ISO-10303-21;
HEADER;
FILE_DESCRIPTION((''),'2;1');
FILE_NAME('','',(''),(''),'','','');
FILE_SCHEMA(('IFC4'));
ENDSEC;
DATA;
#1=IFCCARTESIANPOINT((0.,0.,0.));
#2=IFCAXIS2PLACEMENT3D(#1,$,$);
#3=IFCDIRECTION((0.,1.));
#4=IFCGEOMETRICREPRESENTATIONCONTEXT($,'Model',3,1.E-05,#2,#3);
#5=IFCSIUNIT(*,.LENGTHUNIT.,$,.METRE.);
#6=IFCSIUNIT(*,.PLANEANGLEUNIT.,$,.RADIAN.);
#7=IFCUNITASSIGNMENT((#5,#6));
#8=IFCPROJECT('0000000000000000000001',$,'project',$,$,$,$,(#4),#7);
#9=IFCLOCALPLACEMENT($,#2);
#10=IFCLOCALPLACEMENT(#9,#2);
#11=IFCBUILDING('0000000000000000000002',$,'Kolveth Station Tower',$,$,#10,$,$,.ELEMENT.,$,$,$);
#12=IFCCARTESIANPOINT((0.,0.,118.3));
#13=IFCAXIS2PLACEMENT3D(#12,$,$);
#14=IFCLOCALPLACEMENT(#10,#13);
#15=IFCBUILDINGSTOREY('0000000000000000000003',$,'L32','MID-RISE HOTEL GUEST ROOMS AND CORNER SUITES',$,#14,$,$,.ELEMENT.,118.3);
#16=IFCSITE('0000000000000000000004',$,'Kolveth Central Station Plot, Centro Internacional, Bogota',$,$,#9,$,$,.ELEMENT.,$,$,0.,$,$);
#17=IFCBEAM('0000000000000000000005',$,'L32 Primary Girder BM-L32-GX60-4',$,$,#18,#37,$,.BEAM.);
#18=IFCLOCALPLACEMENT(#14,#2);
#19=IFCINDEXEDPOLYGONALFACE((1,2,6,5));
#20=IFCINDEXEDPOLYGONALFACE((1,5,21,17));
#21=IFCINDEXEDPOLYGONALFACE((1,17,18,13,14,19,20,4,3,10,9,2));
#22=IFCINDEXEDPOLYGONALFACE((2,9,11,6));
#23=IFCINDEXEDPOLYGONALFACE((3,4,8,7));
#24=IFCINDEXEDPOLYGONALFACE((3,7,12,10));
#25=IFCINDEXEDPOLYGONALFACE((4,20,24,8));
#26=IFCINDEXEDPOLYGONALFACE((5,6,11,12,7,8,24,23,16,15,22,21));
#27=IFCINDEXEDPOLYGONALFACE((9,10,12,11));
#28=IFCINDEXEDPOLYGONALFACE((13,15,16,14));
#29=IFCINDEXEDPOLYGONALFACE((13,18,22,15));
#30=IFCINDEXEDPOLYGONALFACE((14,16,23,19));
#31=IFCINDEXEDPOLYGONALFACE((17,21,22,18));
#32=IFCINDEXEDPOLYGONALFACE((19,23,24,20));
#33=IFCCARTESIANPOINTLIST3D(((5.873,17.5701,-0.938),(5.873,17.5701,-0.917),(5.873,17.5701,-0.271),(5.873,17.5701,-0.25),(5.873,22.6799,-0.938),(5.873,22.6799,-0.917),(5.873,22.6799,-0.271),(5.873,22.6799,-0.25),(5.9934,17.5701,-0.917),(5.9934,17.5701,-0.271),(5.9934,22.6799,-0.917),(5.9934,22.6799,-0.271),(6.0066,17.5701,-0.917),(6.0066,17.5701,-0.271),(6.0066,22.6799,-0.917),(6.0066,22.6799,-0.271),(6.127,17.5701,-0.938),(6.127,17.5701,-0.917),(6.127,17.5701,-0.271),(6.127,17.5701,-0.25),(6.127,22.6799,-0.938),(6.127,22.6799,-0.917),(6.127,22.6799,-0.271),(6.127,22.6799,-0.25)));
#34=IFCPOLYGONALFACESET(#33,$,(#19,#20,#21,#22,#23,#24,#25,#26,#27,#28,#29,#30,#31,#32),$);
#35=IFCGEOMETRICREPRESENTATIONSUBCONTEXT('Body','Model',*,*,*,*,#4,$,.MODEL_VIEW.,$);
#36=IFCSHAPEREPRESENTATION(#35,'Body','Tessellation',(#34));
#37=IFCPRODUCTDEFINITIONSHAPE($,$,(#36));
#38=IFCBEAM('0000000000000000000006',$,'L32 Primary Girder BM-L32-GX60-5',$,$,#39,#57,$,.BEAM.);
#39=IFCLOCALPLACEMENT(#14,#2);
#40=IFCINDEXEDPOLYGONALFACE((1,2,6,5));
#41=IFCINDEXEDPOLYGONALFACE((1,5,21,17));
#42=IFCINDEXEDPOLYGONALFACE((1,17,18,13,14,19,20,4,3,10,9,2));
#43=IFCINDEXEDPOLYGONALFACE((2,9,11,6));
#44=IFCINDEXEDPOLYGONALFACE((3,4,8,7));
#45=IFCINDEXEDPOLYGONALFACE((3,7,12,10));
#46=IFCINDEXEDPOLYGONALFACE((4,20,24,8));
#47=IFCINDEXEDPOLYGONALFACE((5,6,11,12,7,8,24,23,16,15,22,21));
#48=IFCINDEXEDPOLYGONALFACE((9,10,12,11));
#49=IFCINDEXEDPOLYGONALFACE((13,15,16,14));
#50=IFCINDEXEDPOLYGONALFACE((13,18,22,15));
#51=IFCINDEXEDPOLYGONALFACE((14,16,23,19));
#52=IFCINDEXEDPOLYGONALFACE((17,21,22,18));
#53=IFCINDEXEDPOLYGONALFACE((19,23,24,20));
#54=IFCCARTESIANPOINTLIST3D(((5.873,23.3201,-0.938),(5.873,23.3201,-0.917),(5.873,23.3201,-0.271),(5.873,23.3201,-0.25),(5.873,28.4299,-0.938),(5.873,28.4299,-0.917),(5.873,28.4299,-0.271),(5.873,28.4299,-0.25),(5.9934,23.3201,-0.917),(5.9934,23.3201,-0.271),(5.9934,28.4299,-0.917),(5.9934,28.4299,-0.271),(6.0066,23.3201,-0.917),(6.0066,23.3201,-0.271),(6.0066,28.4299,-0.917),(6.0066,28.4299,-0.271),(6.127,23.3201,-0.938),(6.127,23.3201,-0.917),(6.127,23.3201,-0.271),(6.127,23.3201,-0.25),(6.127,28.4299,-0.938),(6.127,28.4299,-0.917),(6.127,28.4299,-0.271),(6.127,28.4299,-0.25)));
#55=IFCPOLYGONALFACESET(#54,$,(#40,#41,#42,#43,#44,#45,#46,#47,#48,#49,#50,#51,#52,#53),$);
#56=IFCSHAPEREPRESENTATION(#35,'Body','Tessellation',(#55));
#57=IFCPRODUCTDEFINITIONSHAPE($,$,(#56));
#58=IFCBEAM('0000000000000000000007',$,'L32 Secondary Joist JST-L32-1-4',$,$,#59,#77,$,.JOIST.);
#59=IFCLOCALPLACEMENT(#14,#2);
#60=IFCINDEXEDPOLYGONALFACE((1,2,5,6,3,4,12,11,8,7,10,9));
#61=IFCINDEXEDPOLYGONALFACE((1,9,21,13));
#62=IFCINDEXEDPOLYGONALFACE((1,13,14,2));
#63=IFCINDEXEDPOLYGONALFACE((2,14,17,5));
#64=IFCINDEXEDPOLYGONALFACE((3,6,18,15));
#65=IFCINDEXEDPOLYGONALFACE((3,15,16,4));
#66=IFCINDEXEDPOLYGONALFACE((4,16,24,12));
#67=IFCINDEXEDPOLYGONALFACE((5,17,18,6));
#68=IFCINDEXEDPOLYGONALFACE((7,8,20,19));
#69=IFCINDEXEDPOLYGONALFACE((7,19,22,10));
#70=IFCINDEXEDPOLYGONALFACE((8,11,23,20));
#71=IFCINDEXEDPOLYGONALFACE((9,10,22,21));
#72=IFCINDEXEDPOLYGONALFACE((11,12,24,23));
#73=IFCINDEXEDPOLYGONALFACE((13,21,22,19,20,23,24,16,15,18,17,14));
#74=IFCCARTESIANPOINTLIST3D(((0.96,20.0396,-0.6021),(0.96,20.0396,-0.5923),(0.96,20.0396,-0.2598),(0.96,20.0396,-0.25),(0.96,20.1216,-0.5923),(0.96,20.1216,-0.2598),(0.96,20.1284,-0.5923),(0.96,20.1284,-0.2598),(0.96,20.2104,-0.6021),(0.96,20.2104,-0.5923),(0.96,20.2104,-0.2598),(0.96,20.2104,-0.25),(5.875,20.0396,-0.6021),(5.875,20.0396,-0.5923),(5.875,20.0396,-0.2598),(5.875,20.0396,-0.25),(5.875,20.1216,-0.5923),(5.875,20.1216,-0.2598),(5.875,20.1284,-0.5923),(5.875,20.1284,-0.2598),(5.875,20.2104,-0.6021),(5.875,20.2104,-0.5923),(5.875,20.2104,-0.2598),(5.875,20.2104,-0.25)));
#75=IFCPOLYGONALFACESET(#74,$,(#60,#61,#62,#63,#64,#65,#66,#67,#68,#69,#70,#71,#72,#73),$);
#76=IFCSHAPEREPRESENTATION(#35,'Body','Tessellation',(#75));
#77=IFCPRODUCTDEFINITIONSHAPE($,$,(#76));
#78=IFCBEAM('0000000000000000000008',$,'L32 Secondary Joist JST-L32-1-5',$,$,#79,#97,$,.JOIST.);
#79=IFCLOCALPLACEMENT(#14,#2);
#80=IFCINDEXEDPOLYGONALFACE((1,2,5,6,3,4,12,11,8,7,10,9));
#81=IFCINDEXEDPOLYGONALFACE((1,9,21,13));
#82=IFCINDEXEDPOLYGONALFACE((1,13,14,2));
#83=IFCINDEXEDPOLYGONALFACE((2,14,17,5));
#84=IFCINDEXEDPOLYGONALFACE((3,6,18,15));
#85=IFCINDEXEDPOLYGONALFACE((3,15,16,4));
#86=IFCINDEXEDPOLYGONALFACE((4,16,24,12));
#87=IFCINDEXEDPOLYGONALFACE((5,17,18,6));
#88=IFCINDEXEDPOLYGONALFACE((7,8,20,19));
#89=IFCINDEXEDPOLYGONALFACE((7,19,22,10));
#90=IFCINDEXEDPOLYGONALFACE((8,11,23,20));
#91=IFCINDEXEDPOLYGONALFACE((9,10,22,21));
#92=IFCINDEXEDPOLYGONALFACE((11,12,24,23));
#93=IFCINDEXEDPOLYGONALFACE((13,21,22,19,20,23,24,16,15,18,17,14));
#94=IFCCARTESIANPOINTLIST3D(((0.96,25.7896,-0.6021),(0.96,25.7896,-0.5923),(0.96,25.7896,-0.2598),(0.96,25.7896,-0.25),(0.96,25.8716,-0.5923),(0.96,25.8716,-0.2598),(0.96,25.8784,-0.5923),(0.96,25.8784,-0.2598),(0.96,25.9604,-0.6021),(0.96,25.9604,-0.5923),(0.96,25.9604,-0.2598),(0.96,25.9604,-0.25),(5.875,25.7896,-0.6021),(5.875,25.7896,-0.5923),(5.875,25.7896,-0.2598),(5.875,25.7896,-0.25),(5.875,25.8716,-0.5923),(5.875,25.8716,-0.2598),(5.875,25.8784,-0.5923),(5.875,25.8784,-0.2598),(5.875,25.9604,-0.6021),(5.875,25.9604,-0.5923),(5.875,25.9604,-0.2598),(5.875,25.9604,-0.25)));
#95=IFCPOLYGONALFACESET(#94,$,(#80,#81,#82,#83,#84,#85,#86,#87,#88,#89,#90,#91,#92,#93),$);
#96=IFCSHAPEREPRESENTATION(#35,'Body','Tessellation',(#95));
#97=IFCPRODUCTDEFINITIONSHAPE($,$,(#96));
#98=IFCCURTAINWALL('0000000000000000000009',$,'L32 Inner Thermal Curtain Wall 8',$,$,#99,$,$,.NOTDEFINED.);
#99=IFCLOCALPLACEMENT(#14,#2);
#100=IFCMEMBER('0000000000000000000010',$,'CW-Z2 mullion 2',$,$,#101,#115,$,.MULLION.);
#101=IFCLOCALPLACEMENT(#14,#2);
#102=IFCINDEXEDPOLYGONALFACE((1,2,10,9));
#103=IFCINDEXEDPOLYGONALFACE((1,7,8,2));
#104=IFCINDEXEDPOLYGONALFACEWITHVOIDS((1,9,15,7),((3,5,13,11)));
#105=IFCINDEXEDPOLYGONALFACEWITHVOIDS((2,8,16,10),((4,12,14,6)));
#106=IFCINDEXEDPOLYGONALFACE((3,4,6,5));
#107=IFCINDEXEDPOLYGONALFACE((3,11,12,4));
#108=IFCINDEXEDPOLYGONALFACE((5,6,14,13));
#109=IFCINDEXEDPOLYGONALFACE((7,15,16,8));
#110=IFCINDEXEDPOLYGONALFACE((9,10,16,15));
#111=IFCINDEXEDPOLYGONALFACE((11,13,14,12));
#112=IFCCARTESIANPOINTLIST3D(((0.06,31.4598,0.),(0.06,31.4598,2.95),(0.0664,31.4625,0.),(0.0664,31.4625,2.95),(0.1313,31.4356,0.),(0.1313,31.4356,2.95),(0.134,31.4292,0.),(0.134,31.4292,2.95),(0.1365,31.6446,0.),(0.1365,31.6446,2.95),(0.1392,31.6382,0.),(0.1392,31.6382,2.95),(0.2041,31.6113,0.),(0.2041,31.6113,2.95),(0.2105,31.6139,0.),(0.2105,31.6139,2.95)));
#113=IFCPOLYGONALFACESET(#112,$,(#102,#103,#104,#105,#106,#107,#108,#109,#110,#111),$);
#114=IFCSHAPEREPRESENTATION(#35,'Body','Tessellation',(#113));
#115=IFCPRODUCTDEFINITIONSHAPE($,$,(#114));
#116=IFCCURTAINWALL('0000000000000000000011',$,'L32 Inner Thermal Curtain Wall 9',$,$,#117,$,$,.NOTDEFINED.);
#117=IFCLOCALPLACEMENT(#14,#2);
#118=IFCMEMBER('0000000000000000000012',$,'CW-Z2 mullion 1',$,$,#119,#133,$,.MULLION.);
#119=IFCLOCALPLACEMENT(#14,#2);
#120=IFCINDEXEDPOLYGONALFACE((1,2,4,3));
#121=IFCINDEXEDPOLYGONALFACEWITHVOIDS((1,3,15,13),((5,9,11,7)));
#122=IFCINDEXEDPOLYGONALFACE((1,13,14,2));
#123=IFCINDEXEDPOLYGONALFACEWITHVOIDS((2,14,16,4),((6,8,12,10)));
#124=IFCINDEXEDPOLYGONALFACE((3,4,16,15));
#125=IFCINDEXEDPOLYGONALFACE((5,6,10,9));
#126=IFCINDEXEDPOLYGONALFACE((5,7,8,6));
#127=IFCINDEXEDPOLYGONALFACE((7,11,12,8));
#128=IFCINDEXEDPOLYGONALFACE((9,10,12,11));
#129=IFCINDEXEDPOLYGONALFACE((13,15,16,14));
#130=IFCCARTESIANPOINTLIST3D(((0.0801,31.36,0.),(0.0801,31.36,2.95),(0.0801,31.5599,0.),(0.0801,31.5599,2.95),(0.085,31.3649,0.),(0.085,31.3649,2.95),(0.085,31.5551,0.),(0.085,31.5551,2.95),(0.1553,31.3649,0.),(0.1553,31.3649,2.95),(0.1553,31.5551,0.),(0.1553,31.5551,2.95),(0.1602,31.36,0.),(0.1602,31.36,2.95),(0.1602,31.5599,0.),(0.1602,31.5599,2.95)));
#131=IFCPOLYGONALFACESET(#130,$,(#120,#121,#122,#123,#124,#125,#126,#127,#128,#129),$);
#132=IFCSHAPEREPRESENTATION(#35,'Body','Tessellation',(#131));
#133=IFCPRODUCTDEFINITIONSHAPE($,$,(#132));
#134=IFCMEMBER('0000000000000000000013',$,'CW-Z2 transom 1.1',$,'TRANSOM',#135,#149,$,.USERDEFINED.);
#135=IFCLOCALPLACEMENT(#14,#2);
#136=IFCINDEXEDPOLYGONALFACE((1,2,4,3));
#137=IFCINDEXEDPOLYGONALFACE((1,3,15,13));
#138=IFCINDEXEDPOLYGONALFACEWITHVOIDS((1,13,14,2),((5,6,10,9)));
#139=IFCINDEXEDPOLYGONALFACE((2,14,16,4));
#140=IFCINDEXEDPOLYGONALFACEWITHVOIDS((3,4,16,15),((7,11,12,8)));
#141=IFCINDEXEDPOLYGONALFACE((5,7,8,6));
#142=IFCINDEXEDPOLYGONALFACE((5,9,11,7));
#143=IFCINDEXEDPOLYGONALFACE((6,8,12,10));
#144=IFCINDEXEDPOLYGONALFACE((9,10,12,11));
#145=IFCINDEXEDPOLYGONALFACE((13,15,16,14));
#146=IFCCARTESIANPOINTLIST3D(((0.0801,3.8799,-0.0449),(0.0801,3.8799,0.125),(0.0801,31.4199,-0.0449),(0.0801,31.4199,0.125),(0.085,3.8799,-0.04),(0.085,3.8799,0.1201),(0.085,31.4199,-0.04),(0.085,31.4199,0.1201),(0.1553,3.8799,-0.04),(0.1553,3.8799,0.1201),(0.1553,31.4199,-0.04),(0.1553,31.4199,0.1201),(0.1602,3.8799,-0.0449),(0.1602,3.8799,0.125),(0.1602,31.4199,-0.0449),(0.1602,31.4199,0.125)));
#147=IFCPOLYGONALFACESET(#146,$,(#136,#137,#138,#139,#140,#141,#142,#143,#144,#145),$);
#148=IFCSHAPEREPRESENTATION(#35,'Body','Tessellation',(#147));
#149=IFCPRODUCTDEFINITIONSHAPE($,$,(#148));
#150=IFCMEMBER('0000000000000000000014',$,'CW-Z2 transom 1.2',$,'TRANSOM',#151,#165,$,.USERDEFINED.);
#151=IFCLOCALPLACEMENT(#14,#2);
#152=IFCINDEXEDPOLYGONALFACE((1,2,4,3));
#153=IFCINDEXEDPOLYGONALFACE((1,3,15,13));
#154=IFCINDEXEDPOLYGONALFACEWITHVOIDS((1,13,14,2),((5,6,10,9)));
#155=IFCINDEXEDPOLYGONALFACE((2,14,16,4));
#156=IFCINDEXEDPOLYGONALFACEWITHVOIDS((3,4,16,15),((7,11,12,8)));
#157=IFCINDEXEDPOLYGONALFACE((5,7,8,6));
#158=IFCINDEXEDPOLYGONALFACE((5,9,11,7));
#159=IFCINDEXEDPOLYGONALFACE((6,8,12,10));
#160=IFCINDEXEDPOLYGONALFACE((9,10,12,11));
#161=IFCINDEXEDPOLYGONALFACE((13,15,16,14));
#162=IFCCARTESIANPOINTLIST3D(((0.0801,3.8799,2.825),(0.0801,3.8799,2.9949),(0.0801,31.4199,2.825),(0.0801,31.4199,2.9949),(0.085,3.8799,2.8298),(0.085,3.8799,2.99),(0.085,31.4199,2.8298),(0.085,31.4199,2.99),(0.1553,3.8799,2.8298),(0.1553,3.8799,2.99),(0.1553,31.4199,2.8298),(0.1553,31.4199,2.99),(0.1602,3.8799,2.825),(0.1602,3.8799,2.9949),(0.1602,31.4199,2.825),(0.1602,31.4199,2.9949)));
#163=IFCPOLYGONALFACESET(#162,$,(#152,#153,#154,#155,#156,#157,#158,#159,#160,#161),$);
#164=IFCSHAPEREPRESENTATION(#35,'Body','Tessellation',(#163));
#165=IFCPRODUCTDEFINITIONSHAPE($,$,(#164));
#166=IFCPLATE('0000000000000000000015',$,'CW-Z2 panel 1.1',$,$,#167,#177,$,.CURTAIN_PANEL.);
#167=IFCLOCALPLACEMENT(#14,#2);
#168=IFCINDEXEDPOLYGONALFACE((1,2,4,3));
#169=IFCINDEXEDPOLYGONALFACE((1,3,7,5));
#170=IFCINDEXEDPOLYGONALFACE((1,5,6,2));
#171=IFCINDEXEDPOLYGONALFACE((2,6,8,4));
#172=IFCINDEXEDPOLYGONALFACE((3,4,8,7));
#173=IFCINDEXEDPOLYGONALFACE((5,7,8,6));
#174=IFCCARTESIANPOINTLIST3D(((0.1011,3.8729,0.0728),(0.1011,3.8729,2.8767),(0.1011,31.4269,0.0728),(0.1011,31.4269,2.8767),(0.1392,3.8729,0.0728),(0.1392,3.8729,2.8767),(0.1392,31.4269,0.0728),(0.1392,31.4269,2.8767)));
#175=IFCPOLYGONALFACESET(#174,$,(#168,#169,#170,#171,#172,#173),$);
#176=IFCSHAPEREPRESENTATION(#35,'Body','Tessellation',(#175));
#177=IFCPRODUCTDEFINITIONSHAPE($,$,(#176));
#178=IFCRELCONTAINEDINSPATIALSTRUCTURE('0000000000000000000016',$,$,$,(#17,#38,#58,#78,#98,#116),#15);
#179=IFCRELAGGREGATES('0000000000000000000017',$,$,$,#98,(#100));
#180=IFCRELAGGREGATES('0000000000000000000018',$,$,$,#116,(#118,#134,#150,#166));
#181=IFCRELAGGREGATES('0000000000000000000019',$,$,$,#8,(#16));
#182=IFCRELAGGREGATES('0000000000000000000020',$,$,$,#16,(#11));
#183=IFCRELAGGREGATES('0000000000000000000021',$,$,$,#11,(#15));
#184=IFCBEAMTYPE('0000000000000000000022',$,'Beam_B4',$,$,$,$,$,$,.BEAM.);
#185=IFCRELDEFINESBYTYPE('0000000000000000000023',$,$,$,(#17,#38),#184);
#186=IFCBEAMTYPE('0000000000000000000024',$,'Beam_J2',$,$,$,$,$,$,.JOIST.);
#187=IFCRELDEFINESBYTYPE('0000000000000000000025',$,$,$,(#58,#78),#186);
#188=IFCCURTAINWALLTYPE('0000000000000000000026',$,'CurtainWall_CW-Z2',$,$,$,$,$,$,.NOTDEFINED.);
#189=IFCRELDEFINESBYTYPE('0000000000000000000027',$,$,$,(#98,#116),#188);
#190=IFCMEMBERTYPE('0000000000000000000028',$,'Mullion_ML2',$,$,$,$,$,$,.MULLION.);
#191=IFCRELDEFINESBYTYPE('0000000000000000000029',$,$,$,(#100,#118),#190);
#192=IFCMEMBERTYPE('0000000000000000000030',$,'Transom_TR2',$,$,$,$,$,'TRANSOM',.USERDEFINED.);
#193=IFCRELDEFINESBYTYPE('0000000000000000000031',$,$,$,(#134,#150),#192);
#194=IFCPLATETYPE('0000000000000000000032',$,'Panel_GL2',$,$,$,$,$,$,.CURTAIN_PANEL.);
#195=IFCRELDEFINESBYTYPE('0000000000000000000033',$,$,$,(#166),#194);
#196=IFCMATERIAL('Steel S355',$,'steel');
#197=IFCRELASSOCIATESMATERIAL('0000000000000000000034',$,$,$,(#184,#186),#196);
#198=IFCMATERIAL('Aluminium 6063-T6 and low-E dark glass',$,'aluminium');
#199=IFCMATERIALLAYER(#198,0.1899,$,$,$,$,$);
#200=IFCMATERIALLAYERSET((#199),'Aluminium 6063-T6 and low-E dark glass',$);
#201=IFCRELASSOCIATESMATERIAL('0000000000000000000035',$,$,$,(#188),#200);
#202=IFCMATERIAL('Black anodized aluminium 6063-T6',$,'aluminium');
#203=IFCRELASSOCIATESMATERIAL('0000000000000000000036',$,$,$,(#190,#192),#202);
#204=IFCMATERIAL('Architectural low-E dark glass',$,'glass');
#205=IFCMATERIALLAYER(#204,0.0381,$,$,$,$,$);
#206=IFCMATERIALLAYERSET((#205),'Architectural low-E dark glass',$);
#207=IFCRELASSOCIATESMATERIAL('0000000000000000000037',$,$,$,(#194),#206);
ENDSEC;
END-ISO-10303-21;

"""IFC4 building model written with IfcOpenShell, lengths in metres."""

from ifc_helpers import new_model, si_unit, direction, frame, origin, origin_2d, place, context, subcontext, project, spatial, rectangle, hollow_rectangle, i_section, extrude, source, transform, mapped, material, layer, layer_set, material_profile, profile_set, type_object, element, aggregate, save


model = new_model("IFC4")

# Units and contexts
model_context = context("Model", 3, precision=1e-05, world=origin(), true_north=direction((0.0, 1.0)))
body_context = subcontext(model_context, "Body", "Model", "MODEL_VIEW")
ifc_project = project(units=[si_unit("LENGTHUNIT", "METRE"), si_unit("PLANEANGLEUNIT", "RADIAN")], contexts=[model_context])

# Site, building, storey
site_placement = place(None, origin())
site = spatial("IfcSite", under=ifc_project, at=site_placement, Name="Kolveth Central Station Plot, Centro Internacional, Bogota", CompositionType="ELEMENT", RefElevation=0.0)
building_placement = place(site_placement, origin())
building = spatial("IfcBuilding", under=site, at=building_placement, Name="Kolveth Station Tower", CompositionType="ELEMENT")
storey_placement = place(building_placement, frame((0.0, 0.0, 118.3)))
storey = spatial("IfcBuildingStorey", under=building, at=storey_placement, Name="L32", Description="MID-RISE HOTEL GUEST ROOMS AND CORNER SUITES", CompositionType="ELEMENT", Elevation=118.3)

# Beams
ifc_material_1 = material(Name="Steel S355", Category="steel")
ifc_material_profile_1 = material_profile(ifc_material_1, i_section(OverallWidth=0.2539, OverallDepth=0.688, WebThickness=0.0132, FlangeThickness=0.021, at=origin_2d()), Name="W690x152")
ifc_profile_set_1 = profile_set([ifc_material_profile_1], Name="Steel S355")
beam_type_1 = type_object("IfcBeamType", Name="Beam_B4", PredefinedType="BEAM", material=ifc_profile_set_1)
shared_shape_1 = source(origin(), body_context, "Body", "SweptSolid", [
    extrude(i_section(OverallWidth=0.2539, OverallDepth=0.688, WebThickness=0.0132, FlangeThickness=0.021, at=origin_2d()), origin(), (0.0, 0.0, 1.0), 5.1099),
])
for number, where, z_axis, x_axis, name in (
    (1, (6.0, 17.5701, -0.594), (0.0, 1.0, 0.0), (-1.0, 0.0, 0.0), "L32 Primary Girder BM-L32-GX60-4"),
    (2, (6.0, 23.3201, -0.594), (0.0, 1.0, 0.0), (-1.0, 0.0, 0.0), "L32 Primary Girder BM-L32-GX60-5"),
):
    element("IfcBeam", number, at=place(storey_placement, frame(where, z_axis=z_axis, x_axis=x_axis)), inside=storey, type_object=beam_type_1, Name=name, PredefinedType="BEAM", context=body_context, shape_type="MappedRepresentation", body=[
        mapped(shared_shape_1, transform((0.0, 0.0, 0.0), x_axis=(1.0, 0.0, 0.0), y_axis=(0.0, 1.0, 0.0), z_axis=(0.0, 0.0, 1.0), scale=1.0)),
    ])
ifc_material_profile_2 = material_profile(ifc_material_1, i_section(OverallWidth=0.1709, OverallDepth=0.3521, WebThickness=0.0068, FlangeThickness=0.0098, at=origin_2d()), Name="W360x44")
ifc_profile_set_2 = profile_set([ifc_material_profile_2], Name="Steel S355")
beam_type_2 = type_object("IfcBeamType", Name="Beam_J2", PredefinedType="JOIST", material=ifc_profile_set_2)
shared_shape_2 = source(origin(), body_context, "Body", "SweptSolid", [
    extrude(i_section(OverallWidth=0.1709, OverallDepth=0.3521, WebThickness=0.0068, FlangeThickness=0.0098, at=origin_2d()), origin(), (0.0, 0.0, 1.0), 4.915),
])
for number, where, z_axis, x_axis, name in (
    (3, (0.96, 20.125, -0.426), (1.0, 0.0, 0.0), (0.0, 1.0, 0.0), "L32 Secondary Joist JST-L32-1-4"),
    (4, (0.96, 25.875, -0.426), (1.0, 0.0, 0.0), (0.0, 1.0, 0.0), "L32 Secondary Joist JST-L32-1-5"),
):
    element("IfcBeam", number, at=place(storey_placement, frame(where, z_axis=z_axis, x_axis=x_axis)), inside=storey, type_object=beam_type_2, Name=name, PredefinedType="JOIST", context=body_context, shape_type="MappedRepresentation", body=[
        mapped(shared_shape_2, transform((0.0, 0.0, 0.0), x_axis=(1.0, 0.0, 0.0), y_axis=(0.0, 1.0, 0.0), z_axis=(0.0, 0.0, 1.0), scale=1.0)),
    ])

# Curtain wall, member
ifc_material_2 = material(Name="Aluminium 6063-T6 and low-E dark glass", Category="aluminium")
ifc_layer_1 = layer(ifc_material_2, 0.1899)
ifc_layer_set_1 = layer_set([ifc_layer_1], Name="Aluminium 6063-T6 and low-E dark glass")
curtain_wall_type_1 = type_object("IfcCurtainWallType", Name="CurtainWall_CW-Z2", PredefinedType="NOTDEFINED", material=ifc_layer_set_1)
curtain_wall_1_placement = place(storey_placement, origin())
curtain_wall_1 = element("IfcCurtainWall", 5, at=curtain_wall_1_placement, inside=storey, type_object=curtain_wall_type_1, Name="L32 Inner Thermal Curtain Wall 8", PredefinedType="NOTDEFINED")
ifc_material_3 = material(Name="Black anodized aluminium 6063-T6", Category="aluminium")
ifc_material_profile_3 = material_profile(ifc_material_3, hollow_rectangle(XDim=0.0801, YDim=0.2, WallThickness=0.0049, at=origin_2d()), Name="ALU-80x200x5")
ifc_profile_set_3 = profile_set([ifc_material_profile_3], Name="Black anodized aluminium 6063-T6")
member_type_1 = type_object("IfcMemberType", Name="Mullion_ML2", PredefinedType="MULLION", material=ifc_profile_set_3)
shared_shape_3 = source(origin(), body_context, "Body", "SweptSolid", [
    extrude(hollow_rectangle(XDim=0.0801, YDim=0.2, WallThickness=0.0049, at=origin_2d()), origin(), (0.0, 0.0, 1.0), 2.95),
])
member_1_placement = place(storey_placement, frame((0.1353, 31.5369, 0.0), z_axis=(0.0, 0.0, 1.0), x_axis=(0.923888, -0.382663, 0.0)))
member_1 = element("IfcMember", 6, at=member_1_placement, type_object=member_type_1, Name="CW-Z2 mullion 2", PredefinedType="MULLION", context=body_context, shape_type="MappedRepresentation", body=[
    mapped(shared_shape_3, transform((0.0, 0.0, 0.0), x_axis=(1.0, 0.0, 0.0), y_axis=(0.0, 1.0, 0.0), z_axis=(0.0, 0.0, 1.0), scale=1.0)),
])
aggregate(curtain_wall_1, [member_1])

# Curtain wall, members, plate
curtain_wall_2_placement = place(storey_placement, origin())
curtain_wall_2 = element("IfcCurtainWall", 7, at=curtain_wall_2_placement, inside=storey, type_object=curtain_wall_type_1, Name="L32 Inner Thermal Curtain Wall 9", PredefinedType="NOTDEFINED")
member_2_placement = place(storey_placement, frame((0.1201, 31.46, 0.0), z_axis=(0.0, 0.0, 1.0), x_axis=(1.0, 0.0, 0.0)))
member_2 = element("IfcMember", 8, at=member_2_placement, type_object=member_type_1, Name="CW-Z2 mullion 1", PredefinedType="MULLION", context=body_context, shape_type="MappedRepresentation", body=[
    mapped(shared_shape_3, transform((0.0, 0.0, 0.0), x_axis=(1.0, 0.0, 0.0), y_axis=(0.0, 1.0, 0.0), z_axis=(0.0, 0.0, 1.0), scale=1.0)),
])
ifc_material_profile_4 = material_profile(ifc_material_3, hollow_rectangle(XDim=0.0801, YDim=0.1699, WallThickness=0.0049, at=origin_2d()), Name="ALU-80x170x5")
ifc_profile_set_4 = profile_set([ifc_material_profile_4], Name="Black anodized aluminium 6063-T6")
member_type_2 = type_object("IfcMemberType", Name="Transom_TR2", ElementType="TRANSOM", PredefinedType="USERDEFINED", material=ifc_profile_set_4)
shared_shape_4 = source(origin(), body_context, "Body", "SweptSolid", [
    extrude(hollow_rectangle(XDim=0.0801, YDim=0.1699, WallThickness=0.0049, at=origin_2d()), origin(), (0.0, 0.0, 1.0), 27.54),
])
member_3_placement = place(storey_placement, frame((0.1201, 31.4199, 0.04), z_axis=(0.0, -1.0, 0.0), x_axis=(1.0, 0.0, 0.0)))
member_3 = element("IfcMember", 9, at=member_3_placement, type_object=member_type_2, Name="CW-Z2 transom 1.1", ObjectType="TRANSOM", PredefinedType="USERDEFINED", context=body_context, shape_type="MappedRepresentation", body=[
    mapped(shared_shape_4, transform((0.0, 0.0, 0.0), x_axis=(1.0, 0.0, 0.0), y_axis=(0.0, 1.0, 0.0), z_axis=(0.0, 0.0, 1.0), scale=1.0)),
])
member_4_placement = place(storey_placement, frame((0.1201, 31.4199, 2.9099), z_axis=(0.0, -1.0, 0.0), x_axis=(1.0, 0.0, 0.0)))
member_4 = element("IfcMember", 10, at=member_4_placement, type_object=member_type_2, Name="CW-Z2 transom 1.2", ObjectType="TRANSOM", PredefinedType="USERDEFINED", context=body_context, shape_type="MappedRepresentation", body=[
    mapped(shared_shape_4, transform((0.0, 0.0, 0.0), x_axis=(1.0, 0.0, 0.0), y_axis=(0.0, 1.0, 0.0), z_axis=(0.0, 0.0, 1.0), scale=1.0)),
])
ifc_material_4 = material(Name="Architectural low-E dark glass", Category="glass")
ifc_layer_2 = layer(ifc_material_4, 0.0381)
ifc_layer_set_2 = layer_set([ifc_layer_2], Name="Architectural low-E dark glass")
plate_type_1 = type_object("IfcPlateType", Name="Panel_GL2", PredefinedType="CURTAIN_PANEL", material=ifc_layer_set_2)
shared_shape_5 = source(origin(), body_context, "Body", "SweptSolid", [
    extrude(rectangle(XDim=27.554, YDim=0.0381, at=origin_2d()), origin(), (0.0, 0.0, 1.0), 2.804),
])
plate_1_placement = place(storey_placement, frame((0.1201, 17.6499, 0.0728), z_axis=(0.0, 0.0, 1.0), x_axis=(0.0, -1.0, 0.0)))
plate_1 = element("IfcPlate", 11, at=plate_1_placement, type_object=plate_type_1, Name="CW-Z2 panel 1.1", PredefinedType="CURTAIN_PANEL", context=body_context, shape_type="MappedRepresentation", body=[
    mapped(shared_shape_5, transform((0.0, 0.0, 0.0), x_axis=(1.0, 0.0, 0.0), y_axis=(0.0, 1.0, 0.0), z_axis=(0.0, 0.0, 1.0), scale=1.0)),
])
aggregate(curtain_wall_2, [member_2, member_3, member_4, plate_1])

save(model, "model.ifc")
